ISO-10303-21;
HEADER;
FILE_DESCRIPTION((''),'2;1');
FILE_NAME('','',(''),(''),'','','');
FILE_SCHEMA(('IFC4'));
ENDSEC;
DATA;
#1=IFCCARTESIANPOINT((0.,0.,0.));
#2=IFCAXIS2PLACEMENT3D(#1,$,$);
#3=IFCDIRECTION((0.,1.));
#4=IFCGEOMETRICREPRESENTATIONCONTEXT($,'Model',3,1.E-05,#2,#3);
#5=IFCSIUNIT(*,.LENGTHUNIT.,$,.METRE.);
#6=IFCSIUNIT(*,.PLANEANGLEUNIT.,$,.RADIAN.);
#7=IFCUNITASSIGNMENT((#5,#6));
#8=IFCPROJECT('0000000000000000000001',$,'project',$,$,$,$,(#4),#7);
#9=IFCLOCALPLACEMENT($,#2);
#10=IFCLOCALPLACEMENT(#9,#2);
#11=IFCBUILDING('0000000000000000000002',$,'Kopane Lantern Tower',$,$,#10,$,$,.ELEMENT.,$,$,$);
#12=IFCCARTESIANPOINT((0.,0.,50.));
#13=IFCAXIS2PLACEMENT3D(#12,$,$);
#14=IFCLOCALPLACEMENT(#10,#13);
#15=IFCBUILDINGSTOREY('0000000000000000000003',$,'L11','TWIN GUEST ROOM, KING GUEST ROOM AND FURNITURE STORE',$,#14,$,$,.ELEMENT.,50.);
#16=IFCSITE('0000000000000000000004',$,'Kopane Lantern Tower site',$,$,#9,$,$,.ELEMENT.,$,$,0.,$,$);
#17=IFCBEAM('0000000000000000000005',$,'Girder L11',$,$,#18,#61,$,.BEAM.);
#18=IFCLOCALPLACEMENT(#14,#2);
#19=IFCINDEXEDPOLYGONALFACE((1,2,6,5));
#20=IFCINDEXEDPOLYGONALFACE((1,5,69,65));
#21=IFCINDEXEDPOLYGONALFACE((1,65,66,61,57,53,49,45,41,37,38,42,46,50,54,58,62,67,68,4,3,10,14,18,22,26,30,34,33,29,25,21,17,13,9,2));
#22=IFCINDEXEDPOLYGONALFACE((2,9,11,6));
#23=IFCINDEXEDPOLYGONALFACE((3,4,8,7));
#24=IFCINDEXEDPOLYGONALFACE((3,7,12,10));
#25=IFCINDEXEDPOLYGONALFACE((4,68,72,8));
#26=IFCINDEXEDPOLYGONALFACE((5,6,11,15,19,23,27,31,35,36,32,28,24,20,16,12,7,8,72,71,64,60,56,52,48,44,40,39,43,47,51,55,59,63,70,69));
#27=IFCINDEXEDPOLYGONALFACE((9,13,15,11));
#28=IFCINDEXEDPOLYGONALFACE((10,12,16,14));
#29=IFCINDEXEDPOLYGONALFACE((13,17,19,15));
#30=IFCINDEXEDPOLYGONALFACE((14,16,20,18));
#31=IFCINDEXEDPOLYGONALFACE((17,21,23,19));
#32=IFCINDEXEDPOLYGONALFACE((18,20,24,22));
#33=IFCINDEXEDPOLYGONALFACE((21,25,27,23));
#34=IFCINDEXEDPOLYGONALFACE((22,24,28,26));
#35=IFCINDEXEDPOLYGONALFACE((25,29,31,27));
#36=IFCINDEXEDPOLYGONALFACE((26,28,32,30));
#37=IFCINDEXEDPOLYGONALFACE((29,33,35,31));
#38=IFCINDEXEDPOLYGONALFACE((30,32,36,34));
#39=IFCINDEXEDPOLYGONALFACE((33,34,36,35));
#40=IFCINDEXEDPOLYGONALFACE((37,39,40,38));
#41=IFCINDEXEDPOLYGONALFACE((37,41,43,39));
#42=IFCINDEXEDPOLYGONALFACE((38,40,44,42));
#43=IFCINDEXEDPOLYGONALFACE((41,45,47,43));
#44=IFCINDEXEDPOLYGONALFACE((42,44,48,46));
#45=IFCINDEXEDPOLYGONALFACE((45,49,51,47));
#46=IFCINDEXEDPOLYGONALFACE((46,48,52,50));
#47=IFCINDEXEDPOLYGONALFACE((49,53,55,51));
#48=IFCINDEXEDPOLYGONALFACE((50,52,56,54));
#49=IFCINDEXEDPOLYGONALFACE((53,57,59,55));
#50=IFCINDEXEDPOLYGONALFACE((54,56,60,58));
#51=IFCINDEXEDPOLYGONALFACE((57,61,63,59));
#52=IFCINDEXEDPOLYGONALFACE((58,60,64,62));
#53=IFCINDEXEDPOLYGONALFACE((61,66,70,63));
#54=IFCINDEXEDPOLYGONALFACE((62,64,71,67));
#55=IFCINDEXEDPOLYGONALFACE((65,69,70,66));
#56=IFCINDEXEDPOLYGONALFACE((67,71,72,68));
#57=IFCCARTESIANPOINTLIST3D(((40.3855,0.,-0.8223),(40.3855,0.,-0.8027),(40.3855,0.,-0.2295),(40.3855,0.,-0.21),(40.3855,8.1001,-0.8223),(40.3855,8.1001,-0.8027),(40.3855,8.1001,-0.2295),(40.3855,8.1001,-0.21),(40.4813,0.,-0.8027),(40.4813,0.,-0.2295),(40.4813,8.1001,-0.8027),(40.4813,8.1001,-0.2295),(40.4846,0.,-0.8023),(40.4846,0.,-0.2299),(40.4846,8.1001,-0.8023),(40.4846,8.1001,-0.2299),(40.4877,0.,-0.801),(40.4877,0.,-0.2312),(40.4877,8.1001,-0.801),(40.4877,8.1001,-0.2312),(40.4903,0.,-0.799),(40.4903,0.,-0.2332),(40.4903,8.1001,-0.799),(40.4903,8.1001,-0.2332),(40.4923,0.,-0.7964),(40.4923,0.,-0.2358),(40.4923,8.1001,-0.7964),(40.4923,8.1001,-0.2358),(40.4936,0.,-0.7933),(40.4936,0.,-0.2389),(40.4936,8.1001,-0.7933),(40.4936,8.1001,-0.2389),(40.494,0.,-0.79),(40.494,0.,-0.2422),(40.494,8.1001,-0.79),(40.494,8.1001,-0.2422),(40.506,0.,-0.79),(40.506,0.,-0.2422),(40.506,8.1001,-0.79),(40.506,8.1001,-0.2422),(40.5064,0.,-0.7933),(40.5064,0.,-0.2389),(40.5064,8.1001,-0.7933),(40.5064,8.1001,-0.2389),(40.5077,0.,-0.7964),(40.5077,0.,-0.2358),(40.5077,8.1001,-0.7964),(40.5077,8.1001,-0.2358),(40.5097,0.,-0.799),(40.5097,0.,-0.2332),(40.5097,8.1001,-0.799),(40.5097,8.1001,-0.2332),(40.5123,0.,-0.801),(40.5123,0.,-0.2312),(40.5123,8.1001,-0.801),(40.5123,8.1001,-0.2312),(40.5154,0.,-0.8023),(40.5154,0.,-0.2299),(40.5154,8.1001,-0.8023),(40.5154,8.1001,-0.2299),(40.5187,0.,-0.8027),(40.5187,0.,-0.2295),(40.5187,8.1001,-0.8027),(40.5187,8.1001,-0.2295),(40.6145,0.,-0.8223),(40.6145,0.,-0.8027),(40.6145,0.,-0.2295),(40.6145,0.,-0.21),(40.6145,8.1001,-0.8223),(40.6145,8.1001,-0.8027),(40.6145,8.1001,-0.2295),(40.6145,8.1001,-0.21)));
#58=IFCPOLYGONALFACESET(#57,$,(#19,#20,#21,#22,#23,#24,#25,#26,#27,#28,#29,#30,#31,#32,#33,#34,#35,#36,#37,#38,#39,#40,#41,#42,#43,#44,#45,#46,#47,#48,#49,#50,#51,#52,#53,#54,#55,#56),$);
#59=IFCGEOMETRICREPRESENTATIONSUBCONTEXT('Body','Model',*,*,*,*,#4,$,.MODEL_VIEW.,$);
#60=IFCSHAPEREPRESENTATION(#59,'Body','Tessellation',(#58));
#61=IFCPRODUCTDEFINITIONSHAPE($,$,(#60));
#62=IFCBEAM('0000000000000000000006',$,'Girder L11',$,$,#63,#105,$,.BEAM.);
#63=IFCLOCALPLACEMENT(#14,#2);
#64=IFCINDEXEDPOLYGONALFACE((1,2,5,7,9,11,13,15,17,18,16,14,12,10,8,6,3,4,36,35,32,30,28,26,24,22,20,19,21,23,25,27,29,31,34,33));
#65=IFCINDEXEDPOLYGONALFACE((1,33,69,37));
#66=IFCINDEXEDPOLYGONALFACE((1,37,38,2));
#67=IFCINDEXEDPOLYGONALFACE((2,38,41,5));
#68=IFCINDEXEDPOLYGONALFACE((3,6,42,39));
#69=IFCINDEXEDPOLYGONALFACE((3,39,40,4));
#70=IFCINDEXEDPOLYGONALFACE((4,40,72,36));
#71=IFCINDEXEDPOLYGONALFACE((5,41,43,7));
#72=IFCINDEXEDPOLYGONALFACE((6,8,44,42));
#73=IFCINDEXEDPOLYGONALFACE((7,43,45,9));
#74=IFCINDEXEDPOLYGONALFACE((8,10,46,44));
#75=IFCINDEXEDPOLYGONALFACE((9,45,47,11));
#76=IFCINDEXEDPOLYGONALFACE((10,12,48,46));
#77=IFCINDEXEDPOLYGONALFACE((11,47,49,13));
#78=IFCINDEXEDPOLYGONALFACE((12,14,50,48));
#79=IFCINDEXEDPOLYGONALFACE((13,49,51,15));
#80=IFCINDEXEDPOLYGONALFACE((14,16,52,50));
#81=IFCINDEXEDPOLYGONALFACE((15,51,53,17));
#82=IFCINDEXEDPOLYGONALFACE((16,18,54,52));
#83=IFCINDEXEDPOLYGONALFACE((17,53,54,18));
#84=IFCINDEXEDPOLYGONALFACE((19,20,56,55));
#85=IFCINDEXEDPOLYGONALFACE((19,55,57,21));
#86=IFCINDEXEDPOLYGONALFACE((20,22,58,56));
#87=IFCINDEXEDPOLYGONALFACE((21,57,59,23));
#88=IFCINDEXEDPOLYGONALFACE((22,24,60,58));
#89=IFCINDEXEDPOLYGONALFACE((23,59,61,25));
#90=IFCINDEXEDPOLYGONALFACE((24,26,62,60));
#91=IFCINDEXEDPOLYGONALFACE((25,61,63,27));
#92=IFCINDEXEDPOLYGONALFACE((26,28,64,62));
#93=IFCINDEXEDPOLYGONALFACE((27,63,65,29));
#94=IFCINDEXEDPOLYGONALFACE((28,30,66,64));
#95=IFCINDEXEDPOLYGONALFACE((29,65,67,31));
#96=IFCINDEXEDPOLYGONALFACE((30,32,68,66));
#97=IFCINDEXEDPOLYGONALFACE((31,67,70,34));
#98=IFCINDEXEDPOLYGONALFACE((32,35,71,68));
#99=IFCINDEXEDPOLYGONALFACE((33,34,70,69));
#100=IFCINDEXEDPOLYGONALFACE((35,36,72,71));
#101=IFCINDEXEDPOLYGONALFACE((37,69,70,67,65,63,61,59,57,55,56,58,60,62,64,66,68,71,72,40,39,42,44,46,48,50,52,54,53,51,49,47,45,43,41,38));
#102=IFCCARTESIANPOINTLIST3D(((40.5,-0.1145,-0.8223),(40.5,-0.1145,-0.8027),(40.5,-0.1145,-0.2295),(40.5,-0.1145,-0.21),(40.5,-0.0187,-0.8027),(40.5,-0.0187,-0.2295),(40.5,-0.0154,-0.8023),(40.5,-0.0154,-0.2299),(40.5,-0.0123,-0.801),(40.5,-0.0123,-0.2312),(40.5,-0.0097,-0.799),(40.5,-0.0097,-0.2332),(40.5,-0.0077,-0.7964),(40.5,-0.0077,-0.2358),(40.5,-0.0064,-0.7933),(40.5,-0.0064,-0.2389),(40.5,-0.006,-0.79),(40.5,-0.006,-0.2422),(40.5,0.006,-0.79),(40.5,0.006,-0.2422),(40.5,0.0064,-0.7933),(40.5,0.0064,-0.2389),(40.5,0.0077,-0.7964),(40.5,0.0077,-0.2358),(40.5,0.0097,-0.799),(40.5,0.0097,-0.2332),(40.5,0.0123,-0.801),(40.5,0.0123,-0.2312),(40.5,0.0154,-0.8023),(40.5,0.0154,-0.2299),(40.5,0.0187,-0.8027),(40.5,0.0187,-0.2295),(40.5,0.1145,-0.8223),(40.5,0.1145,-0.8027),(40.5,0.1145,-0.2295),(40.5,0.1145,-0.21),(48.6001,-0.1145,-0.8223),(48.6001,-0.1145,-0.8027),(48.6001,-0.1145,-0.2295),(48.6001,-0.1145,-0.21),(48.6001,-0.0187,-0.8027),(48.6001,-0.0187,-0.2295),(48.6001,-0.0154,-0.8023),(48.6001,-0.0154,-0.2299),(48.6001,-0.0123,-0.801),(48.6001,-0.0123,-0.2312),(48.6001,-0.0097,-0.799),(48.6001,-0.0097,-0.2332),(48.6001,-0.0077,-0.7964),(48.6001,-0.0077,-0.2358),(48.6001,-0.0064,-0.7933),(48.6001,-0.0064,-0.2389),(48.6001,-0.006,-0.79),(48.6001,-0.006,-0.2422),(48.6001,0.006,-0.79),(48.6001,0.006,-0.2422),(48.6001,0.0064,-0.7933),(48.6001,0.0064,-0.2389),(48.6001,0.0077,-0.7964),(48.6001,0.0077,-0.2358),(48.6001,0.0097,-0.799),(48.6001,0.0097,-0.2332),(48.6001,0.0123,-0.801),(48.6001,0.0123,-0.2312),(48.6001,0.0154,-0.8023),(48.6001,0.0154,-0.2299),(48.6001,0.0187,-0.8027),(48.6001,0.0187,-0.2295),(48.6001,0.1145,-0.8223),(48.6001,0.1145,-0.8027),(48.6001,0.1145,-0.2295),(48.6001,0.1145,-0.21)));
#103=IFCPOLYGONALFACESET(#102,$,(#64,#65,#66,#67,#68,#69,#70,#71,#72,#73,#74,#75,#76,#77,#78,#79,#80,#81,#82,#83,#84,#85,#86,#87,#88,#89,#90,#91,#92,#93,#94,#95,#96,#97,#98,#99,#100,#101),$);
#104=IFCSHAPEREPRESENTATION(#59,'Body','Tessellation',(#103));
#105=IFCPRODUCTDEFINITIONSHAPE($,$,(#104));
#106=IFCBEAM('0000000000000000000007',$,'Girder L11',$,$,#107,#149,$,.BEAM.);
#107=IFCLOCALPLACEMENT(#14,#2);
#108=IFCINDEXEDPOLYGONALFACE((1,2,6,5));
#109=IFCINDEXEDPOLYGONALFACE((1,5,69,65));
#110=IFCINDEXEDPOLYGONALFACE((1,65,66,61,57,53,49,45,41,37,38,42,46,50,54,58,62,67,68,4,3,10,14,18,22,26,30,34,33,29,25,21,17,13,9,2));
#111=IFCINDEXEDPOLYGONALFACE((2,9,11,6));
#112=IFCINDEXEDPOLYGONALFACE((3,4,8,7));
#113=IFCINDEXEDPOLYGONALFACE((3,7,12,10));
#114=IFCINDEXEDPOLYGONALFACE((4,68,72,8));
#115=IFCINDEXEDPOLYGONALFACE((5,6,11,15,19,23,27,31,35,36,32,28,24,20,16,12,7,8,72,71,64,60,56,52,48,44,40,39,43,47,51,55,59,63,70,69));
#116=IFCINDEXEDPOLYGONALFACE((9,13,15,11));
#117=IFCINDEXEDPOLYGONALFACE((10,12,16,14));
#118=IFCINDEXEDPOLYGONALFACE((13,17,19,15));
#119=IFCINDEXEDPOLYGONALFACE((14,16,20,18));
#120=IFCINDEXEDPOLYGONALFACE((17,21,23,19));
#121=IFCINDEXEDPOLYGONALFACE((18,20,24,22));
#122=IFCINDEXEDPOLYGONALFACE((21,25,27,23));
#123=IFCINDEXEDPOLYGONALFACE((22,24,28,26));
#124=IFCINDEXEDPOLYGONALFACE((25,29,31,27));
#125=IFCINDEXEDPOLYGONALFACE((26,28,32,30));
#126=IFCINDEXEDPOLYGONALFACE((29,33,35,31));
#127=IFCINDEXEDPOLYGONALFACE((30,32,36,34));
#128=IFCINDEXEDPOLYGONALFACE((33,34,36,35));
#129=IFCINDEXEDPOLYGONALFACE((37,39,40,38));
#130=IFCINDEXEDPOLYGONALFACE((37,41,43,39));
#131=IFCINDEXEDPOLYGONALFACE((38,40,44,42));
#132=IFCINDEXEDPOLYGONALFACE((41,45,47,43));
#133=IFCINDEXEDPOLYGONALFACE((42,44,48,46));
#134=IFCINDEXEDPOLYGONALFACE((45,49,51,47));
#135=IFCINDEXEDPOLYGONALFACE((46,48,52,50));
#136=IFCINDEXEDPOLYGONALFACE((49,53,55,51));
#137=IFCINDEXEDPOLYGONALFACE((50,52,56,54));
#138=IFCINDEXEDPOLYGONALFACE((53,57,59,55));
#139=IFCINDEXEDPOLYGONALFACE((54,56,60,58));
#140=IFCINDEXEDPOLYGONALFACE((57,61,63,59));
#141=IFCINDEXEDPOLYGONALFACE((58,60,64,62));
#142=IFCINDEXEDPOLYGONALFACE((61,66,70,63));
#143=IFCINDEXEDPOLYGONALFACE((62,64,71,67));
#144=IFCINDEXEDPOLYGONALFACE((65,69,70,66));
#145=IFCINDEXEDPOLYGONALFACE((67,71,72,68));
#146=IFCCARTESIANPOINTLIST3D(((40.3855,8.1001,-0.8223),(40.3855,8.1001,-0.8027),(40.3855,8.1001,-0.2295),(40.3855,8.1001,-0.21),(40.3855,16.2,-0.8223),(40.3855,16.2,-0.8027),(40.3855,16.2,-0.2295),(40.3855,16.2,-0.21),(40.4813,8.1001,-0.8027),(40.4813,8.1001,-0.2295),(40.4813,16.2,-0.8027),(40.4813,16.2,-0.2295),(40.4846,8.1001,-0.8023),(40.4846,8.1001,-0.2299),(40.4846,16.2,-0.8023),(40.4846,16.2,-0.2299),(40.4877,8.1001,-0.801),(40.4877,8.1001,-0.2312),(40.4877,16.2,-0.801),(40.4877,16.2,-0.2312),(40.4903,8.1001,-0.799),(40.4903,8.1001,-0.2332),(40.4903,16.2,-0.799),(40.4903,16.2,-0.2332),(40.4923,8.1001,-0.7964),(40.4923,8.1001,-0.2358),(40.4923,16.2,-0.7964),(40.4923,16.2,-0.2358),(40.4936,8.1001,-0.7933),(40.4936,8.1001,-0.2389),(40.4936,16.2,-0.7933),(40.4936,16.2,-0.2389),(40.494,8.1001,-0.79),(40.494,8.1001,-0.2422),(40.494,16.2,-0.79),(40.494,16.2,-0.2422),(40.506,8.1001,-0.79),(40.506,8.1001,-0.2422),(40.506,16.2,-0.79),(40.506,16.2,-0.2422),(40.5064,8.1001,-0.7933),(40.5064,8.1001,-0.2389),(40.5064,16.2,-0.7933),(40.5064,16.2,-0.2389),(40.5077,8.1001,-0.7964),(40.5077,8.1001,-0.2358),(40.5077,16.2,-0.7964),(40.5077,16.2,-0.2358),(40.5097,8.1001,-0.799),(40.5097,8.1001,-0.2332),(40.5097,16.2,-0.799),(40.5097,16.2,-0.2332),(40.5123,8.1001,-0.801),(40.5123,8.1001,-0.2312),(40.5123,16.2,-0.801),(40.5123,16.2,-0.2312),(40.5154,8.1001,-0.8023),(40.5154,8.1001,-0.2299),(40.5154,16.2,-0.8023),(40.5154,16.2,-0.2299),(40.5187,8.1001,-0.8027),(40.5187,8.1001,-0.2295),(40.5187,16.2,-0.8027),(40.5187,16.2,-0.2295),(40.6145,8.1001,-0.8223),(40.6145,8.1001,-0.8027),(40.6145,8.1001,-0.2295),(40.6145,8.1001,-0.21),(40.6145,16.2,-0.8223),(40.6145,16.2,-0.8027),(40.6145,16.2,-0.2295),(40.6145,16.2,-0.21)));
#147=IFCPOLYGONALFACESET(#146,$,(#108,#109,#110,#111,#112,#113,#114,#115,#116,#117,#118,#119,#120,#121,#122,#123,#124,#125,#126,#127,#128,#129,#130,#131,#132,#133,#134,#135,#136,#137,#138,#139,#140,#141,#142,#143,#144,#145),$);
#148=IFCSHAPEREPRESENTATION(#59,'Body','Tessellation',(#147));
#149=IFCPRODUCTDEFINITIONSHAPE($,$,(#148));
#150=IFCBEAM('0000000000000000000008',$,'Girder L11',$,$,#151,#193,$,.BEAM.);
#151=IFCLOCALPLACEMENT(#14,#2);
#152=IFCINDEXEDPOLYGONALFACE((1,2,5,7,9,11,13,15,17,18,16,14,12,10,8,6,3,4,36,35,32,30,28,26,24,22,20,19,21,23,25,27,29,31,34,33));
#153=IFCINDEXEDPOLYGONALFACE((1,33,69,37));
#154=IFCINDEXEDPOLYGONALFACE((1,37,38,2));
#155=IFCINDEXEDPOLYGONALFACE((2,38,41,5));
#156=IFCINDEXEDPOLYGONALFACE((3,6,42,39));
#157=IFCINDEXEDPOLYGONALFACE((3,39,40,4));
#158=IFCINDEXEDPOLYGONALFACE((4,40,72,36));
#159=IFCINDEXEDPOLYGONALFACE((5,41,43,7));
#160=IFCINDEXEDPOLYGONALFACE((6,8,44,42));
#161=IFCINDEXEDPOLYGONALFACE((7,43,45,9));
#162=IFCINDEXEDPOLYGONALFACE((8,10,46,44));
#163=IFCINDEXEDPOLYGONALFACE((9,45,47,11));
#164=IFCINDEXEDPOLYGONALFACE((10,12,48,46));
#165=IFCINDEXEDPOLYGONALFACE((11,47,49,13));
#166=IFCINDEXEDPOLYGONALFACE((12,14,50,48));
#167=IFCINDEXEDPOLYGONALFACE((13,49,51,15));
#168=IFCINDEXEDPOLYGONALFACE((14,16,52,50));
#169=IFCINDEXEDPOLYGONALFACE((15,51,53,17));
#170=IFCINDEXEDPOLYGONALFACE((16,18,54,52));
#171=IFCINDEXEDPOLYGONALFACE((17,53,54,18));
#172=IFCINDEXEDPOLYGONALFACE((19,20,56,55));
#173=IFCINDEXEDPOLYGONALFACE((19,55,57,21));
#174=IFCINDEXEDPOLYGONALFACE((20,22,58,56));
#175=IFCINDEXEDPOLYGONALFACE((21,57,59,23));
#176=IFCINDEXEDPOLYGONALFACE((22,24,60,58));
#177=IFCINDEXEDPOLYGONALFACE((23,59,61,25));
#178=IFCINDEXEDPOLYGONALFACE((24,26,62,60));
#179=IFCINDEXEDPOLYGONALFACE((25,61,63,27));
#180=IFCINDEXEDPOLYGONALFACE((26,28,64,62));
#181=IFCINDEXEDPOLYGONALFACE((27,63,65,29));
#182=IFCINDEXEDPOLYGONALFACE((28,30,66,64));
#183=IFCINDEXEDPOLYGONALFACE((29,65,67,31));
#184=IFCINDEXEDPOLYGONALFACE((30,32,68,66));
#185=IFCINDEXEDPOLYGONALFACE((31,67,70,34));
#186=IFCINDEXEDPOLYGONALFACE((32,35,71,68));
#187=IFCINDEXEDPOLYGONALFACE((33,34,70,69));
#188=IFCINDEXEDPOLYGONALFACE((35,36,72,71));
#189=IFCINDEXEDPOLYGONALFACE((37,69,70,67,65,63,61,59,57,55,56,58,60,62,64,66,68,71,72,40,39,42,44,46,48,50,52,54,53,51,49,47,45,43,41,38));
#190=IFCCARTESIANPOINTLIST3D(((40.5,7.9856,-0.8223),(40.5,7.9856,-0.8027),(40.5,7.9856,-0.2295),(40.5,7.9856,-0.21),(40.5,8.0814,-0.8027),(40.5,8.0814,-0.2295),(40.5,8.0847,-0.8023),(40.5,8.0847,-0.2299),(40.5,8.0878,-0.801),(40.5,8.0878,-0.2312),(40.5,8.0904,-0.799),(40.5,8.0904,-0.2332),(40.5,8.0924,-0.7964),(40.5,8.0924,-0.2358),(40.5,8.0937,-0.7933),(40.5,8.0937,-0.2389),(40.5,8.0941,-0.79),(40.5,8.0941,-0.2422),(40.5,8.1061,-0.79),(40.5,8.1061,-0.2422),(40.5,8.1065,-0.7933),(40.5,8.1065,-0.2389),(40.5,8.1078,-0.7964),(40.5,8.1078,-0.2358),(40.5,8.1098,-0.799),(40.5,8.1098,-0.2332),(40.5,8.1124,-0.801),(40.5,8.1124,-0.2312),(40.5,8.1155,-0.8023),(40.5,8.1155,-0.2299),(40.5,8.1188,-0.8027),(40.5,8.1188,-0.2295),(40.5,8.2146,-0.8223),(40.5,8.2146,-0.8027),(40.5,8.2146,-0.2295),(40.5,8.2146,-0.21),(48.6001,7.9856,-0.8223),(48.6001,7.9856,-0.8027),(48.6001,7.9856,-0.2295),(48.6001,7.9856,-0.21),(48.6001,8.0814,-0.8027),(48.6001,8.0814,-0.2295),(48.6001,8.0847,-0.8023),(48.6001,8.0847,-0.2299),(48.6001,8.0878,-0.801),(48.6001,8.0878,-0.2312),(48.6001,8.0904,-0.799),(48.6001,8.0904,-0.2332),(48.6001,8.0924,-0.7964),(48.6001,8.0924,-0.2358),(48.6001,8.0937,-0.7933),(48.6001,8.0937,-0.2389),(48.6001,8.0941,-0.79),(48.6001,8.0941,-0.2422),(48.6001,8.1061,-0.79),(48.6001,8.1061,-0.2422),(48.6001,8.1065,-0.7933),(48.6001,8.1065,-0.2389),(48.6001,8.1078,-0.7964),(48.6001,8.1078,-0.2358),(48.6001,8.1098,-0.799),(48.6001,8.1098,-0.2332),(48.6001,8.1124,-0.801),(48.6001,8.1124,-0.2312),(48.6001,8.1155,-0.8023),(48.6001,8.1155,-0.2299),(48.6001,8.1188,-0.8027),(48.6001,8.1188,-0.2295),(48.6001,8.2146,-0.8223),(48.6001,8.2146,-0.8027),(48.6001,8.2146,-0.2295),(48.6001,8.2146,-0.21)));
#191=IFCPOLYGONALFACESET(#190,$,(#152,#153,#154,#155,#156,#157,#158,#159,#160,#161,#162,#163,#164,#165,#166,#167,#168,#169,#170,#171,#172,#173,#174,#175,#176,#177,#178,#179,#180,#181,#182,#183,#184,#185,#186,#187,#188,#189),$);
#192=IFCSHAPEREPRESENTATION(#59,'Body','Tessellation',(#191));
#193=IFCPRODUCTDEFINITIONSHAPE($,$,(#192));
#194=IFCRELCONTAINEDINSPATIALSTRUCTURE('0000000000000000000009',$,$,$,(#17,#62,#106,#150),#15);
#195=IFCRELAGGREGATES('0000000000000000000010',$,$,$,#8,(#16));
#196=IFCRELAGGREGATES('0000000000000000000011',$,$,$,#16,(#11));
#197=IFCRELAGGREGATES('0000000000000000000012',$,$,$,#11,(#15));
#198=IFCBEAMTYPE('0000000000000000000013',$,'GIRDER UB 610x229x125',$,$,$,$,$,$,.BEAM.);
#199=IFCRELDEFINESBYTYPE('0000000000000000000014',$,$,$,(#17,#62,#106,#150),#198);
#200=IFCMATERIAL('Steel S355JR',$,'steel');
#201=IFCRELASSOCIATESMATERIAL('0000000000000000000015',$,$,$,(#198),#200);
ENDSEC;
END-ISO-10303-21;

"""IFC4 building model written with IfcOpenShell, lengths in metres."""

from ifc_helpers import new_model, si_unit, direction, frame, origin, origin_2d, place, context, subcontext, project, spatial, i_section, extrude, material, material_profile, profile_set, type_object, element, save


model = new_model("IFC4")

# Units and contexts
model_context = context("Model", 3, precision=1e-05, world=origin(), true_north=direction((0.0, 1.0)))
body_context = subcontext(model_context, "Body", "Model", "MODEL_VIEW")
ifc_project = project(units=[si_unit("LENGTHUNIT", "METRE"), si_unit("PLANEANGLEUNIT", "RADIAN")], contexts=[model_context])

# Site, building, storey
site_placement = place(None, origin())
site = spatial("IfcSite", under=ifc_project, at=site_placement, Name="Kopane Lantern Tower site", CompositionType="ELEMENT", RefElevation=0.0)
building_placement = place(site_placement, origin())
building = spatial("IfcBuilding", under=site, at=building_placement, Name="Kopane Lantern Tower", CompositionType="ELEMENT")
storey_placement = place(building_placement, frame((0.0, 0.0, 50.0)))
storey = spatial("IfcBuildingStorey", under=building, at=storey_placement, Name="L11", Description="TWIN GUEST ROOM, KING GUEST ROOM AND FURNITURE STORE", CompositionType="ELEMENT", Elevation=50.0)

# Beams
ifc_material_1 = material(Name="Steel S355JR", Category="steel")
ifc_material_profile_1 = material_profile(ifc_material_1, i_section(OverallWidth=0.229, OverallDepth=0.6123, WebThickness=0.012, FlangeThickness=0.0195, FilletRadius=0.0127, at=origin_2d()), Name="UB 610x229x125")
ifc_profile_set_1 = profile_set([ifc_material_profile_1], Name="Steel S355JR")
beam_type = type_object("IfcBeamType", Name="GIRDER UB 610x229x125", PredefinedType="BEAM", material=ifc_profile_set_1)
for number, where, z_axis, x_axis, name in (
    (1, (40.5, 0.0, -0.5161), (0.0, 1.0, 0.0), (-1.0, 0.0, 0.0), "Girder L11"),
    (2, (40.5, 0.0, -0.5161), (1.0, 0.0, 0.0), (0.0, 1.0, 0.0), "Girder L11"),
):
    element("IfcBeam", number, at=place(storey_placement, frame(where, z_axis=z_axis, x_axis=x_axis)), inside=storey, type_object=beam_type, Name=name, PredefinedType="BEAM", context=body_context, shape_type="SweptSolid", body=[
        extrude(i_section(OverallWidth=0.229, OverallDepth=0.6123, WebThickness=0.012, FlangeThickness=0.0195, FilletRadius=0.0127, at=origin_2d()), origin(), (0.0, 0.0, 1.0), 8.1001),
    ])
beam_1_placement = place(storey_placement, frame((40.5, 8.1001, -0.5161), z_axis=(0.0, 1.0, 0.0), x_axis=(-1.0, 0.0, 0.0)))
element("IfcBeam", 3, at=beam_1_placement, inside=storey, type_object=beam_type, Name="Girder L11", PredefinedType="BEAM", context=body_context, shape_type="SweptSolid", body=[
    extrude(i_section(OverallWidth=0.229, OverallDepth=0.6123, WebThickness=0.012, FlangeThickness=0.0195, FilletRadius=0.0127, at=origin_2d()), origin(), (0.0, 0.0, 1.0), 8.0999),
])
beam_2_placement = place(storey_placement, frame((40.5, 8.1001, -0.5161), z_axis=(1.0, 0.0, 0.0), x_axis=(0.0, 1.0, 0.0)))
element("IfcBeam", 4, at=beam_2_placement, inside=storey, type_object=beam_type, Name="Girder L11", PredefinedType="BEAM", context=body_context, shape_type="SweptSolid", body=[
    extrude(i_section(OverallWidth=0.229, OverallDepth=0.6123, WebThickness=0.012, FlangeThickness=0.0195, FilletRadius=0.0127, at=origin_2d()), origin(), (0.0, 0.0, 1.0), 8.1001),
])

save(model, "model.ifc")
